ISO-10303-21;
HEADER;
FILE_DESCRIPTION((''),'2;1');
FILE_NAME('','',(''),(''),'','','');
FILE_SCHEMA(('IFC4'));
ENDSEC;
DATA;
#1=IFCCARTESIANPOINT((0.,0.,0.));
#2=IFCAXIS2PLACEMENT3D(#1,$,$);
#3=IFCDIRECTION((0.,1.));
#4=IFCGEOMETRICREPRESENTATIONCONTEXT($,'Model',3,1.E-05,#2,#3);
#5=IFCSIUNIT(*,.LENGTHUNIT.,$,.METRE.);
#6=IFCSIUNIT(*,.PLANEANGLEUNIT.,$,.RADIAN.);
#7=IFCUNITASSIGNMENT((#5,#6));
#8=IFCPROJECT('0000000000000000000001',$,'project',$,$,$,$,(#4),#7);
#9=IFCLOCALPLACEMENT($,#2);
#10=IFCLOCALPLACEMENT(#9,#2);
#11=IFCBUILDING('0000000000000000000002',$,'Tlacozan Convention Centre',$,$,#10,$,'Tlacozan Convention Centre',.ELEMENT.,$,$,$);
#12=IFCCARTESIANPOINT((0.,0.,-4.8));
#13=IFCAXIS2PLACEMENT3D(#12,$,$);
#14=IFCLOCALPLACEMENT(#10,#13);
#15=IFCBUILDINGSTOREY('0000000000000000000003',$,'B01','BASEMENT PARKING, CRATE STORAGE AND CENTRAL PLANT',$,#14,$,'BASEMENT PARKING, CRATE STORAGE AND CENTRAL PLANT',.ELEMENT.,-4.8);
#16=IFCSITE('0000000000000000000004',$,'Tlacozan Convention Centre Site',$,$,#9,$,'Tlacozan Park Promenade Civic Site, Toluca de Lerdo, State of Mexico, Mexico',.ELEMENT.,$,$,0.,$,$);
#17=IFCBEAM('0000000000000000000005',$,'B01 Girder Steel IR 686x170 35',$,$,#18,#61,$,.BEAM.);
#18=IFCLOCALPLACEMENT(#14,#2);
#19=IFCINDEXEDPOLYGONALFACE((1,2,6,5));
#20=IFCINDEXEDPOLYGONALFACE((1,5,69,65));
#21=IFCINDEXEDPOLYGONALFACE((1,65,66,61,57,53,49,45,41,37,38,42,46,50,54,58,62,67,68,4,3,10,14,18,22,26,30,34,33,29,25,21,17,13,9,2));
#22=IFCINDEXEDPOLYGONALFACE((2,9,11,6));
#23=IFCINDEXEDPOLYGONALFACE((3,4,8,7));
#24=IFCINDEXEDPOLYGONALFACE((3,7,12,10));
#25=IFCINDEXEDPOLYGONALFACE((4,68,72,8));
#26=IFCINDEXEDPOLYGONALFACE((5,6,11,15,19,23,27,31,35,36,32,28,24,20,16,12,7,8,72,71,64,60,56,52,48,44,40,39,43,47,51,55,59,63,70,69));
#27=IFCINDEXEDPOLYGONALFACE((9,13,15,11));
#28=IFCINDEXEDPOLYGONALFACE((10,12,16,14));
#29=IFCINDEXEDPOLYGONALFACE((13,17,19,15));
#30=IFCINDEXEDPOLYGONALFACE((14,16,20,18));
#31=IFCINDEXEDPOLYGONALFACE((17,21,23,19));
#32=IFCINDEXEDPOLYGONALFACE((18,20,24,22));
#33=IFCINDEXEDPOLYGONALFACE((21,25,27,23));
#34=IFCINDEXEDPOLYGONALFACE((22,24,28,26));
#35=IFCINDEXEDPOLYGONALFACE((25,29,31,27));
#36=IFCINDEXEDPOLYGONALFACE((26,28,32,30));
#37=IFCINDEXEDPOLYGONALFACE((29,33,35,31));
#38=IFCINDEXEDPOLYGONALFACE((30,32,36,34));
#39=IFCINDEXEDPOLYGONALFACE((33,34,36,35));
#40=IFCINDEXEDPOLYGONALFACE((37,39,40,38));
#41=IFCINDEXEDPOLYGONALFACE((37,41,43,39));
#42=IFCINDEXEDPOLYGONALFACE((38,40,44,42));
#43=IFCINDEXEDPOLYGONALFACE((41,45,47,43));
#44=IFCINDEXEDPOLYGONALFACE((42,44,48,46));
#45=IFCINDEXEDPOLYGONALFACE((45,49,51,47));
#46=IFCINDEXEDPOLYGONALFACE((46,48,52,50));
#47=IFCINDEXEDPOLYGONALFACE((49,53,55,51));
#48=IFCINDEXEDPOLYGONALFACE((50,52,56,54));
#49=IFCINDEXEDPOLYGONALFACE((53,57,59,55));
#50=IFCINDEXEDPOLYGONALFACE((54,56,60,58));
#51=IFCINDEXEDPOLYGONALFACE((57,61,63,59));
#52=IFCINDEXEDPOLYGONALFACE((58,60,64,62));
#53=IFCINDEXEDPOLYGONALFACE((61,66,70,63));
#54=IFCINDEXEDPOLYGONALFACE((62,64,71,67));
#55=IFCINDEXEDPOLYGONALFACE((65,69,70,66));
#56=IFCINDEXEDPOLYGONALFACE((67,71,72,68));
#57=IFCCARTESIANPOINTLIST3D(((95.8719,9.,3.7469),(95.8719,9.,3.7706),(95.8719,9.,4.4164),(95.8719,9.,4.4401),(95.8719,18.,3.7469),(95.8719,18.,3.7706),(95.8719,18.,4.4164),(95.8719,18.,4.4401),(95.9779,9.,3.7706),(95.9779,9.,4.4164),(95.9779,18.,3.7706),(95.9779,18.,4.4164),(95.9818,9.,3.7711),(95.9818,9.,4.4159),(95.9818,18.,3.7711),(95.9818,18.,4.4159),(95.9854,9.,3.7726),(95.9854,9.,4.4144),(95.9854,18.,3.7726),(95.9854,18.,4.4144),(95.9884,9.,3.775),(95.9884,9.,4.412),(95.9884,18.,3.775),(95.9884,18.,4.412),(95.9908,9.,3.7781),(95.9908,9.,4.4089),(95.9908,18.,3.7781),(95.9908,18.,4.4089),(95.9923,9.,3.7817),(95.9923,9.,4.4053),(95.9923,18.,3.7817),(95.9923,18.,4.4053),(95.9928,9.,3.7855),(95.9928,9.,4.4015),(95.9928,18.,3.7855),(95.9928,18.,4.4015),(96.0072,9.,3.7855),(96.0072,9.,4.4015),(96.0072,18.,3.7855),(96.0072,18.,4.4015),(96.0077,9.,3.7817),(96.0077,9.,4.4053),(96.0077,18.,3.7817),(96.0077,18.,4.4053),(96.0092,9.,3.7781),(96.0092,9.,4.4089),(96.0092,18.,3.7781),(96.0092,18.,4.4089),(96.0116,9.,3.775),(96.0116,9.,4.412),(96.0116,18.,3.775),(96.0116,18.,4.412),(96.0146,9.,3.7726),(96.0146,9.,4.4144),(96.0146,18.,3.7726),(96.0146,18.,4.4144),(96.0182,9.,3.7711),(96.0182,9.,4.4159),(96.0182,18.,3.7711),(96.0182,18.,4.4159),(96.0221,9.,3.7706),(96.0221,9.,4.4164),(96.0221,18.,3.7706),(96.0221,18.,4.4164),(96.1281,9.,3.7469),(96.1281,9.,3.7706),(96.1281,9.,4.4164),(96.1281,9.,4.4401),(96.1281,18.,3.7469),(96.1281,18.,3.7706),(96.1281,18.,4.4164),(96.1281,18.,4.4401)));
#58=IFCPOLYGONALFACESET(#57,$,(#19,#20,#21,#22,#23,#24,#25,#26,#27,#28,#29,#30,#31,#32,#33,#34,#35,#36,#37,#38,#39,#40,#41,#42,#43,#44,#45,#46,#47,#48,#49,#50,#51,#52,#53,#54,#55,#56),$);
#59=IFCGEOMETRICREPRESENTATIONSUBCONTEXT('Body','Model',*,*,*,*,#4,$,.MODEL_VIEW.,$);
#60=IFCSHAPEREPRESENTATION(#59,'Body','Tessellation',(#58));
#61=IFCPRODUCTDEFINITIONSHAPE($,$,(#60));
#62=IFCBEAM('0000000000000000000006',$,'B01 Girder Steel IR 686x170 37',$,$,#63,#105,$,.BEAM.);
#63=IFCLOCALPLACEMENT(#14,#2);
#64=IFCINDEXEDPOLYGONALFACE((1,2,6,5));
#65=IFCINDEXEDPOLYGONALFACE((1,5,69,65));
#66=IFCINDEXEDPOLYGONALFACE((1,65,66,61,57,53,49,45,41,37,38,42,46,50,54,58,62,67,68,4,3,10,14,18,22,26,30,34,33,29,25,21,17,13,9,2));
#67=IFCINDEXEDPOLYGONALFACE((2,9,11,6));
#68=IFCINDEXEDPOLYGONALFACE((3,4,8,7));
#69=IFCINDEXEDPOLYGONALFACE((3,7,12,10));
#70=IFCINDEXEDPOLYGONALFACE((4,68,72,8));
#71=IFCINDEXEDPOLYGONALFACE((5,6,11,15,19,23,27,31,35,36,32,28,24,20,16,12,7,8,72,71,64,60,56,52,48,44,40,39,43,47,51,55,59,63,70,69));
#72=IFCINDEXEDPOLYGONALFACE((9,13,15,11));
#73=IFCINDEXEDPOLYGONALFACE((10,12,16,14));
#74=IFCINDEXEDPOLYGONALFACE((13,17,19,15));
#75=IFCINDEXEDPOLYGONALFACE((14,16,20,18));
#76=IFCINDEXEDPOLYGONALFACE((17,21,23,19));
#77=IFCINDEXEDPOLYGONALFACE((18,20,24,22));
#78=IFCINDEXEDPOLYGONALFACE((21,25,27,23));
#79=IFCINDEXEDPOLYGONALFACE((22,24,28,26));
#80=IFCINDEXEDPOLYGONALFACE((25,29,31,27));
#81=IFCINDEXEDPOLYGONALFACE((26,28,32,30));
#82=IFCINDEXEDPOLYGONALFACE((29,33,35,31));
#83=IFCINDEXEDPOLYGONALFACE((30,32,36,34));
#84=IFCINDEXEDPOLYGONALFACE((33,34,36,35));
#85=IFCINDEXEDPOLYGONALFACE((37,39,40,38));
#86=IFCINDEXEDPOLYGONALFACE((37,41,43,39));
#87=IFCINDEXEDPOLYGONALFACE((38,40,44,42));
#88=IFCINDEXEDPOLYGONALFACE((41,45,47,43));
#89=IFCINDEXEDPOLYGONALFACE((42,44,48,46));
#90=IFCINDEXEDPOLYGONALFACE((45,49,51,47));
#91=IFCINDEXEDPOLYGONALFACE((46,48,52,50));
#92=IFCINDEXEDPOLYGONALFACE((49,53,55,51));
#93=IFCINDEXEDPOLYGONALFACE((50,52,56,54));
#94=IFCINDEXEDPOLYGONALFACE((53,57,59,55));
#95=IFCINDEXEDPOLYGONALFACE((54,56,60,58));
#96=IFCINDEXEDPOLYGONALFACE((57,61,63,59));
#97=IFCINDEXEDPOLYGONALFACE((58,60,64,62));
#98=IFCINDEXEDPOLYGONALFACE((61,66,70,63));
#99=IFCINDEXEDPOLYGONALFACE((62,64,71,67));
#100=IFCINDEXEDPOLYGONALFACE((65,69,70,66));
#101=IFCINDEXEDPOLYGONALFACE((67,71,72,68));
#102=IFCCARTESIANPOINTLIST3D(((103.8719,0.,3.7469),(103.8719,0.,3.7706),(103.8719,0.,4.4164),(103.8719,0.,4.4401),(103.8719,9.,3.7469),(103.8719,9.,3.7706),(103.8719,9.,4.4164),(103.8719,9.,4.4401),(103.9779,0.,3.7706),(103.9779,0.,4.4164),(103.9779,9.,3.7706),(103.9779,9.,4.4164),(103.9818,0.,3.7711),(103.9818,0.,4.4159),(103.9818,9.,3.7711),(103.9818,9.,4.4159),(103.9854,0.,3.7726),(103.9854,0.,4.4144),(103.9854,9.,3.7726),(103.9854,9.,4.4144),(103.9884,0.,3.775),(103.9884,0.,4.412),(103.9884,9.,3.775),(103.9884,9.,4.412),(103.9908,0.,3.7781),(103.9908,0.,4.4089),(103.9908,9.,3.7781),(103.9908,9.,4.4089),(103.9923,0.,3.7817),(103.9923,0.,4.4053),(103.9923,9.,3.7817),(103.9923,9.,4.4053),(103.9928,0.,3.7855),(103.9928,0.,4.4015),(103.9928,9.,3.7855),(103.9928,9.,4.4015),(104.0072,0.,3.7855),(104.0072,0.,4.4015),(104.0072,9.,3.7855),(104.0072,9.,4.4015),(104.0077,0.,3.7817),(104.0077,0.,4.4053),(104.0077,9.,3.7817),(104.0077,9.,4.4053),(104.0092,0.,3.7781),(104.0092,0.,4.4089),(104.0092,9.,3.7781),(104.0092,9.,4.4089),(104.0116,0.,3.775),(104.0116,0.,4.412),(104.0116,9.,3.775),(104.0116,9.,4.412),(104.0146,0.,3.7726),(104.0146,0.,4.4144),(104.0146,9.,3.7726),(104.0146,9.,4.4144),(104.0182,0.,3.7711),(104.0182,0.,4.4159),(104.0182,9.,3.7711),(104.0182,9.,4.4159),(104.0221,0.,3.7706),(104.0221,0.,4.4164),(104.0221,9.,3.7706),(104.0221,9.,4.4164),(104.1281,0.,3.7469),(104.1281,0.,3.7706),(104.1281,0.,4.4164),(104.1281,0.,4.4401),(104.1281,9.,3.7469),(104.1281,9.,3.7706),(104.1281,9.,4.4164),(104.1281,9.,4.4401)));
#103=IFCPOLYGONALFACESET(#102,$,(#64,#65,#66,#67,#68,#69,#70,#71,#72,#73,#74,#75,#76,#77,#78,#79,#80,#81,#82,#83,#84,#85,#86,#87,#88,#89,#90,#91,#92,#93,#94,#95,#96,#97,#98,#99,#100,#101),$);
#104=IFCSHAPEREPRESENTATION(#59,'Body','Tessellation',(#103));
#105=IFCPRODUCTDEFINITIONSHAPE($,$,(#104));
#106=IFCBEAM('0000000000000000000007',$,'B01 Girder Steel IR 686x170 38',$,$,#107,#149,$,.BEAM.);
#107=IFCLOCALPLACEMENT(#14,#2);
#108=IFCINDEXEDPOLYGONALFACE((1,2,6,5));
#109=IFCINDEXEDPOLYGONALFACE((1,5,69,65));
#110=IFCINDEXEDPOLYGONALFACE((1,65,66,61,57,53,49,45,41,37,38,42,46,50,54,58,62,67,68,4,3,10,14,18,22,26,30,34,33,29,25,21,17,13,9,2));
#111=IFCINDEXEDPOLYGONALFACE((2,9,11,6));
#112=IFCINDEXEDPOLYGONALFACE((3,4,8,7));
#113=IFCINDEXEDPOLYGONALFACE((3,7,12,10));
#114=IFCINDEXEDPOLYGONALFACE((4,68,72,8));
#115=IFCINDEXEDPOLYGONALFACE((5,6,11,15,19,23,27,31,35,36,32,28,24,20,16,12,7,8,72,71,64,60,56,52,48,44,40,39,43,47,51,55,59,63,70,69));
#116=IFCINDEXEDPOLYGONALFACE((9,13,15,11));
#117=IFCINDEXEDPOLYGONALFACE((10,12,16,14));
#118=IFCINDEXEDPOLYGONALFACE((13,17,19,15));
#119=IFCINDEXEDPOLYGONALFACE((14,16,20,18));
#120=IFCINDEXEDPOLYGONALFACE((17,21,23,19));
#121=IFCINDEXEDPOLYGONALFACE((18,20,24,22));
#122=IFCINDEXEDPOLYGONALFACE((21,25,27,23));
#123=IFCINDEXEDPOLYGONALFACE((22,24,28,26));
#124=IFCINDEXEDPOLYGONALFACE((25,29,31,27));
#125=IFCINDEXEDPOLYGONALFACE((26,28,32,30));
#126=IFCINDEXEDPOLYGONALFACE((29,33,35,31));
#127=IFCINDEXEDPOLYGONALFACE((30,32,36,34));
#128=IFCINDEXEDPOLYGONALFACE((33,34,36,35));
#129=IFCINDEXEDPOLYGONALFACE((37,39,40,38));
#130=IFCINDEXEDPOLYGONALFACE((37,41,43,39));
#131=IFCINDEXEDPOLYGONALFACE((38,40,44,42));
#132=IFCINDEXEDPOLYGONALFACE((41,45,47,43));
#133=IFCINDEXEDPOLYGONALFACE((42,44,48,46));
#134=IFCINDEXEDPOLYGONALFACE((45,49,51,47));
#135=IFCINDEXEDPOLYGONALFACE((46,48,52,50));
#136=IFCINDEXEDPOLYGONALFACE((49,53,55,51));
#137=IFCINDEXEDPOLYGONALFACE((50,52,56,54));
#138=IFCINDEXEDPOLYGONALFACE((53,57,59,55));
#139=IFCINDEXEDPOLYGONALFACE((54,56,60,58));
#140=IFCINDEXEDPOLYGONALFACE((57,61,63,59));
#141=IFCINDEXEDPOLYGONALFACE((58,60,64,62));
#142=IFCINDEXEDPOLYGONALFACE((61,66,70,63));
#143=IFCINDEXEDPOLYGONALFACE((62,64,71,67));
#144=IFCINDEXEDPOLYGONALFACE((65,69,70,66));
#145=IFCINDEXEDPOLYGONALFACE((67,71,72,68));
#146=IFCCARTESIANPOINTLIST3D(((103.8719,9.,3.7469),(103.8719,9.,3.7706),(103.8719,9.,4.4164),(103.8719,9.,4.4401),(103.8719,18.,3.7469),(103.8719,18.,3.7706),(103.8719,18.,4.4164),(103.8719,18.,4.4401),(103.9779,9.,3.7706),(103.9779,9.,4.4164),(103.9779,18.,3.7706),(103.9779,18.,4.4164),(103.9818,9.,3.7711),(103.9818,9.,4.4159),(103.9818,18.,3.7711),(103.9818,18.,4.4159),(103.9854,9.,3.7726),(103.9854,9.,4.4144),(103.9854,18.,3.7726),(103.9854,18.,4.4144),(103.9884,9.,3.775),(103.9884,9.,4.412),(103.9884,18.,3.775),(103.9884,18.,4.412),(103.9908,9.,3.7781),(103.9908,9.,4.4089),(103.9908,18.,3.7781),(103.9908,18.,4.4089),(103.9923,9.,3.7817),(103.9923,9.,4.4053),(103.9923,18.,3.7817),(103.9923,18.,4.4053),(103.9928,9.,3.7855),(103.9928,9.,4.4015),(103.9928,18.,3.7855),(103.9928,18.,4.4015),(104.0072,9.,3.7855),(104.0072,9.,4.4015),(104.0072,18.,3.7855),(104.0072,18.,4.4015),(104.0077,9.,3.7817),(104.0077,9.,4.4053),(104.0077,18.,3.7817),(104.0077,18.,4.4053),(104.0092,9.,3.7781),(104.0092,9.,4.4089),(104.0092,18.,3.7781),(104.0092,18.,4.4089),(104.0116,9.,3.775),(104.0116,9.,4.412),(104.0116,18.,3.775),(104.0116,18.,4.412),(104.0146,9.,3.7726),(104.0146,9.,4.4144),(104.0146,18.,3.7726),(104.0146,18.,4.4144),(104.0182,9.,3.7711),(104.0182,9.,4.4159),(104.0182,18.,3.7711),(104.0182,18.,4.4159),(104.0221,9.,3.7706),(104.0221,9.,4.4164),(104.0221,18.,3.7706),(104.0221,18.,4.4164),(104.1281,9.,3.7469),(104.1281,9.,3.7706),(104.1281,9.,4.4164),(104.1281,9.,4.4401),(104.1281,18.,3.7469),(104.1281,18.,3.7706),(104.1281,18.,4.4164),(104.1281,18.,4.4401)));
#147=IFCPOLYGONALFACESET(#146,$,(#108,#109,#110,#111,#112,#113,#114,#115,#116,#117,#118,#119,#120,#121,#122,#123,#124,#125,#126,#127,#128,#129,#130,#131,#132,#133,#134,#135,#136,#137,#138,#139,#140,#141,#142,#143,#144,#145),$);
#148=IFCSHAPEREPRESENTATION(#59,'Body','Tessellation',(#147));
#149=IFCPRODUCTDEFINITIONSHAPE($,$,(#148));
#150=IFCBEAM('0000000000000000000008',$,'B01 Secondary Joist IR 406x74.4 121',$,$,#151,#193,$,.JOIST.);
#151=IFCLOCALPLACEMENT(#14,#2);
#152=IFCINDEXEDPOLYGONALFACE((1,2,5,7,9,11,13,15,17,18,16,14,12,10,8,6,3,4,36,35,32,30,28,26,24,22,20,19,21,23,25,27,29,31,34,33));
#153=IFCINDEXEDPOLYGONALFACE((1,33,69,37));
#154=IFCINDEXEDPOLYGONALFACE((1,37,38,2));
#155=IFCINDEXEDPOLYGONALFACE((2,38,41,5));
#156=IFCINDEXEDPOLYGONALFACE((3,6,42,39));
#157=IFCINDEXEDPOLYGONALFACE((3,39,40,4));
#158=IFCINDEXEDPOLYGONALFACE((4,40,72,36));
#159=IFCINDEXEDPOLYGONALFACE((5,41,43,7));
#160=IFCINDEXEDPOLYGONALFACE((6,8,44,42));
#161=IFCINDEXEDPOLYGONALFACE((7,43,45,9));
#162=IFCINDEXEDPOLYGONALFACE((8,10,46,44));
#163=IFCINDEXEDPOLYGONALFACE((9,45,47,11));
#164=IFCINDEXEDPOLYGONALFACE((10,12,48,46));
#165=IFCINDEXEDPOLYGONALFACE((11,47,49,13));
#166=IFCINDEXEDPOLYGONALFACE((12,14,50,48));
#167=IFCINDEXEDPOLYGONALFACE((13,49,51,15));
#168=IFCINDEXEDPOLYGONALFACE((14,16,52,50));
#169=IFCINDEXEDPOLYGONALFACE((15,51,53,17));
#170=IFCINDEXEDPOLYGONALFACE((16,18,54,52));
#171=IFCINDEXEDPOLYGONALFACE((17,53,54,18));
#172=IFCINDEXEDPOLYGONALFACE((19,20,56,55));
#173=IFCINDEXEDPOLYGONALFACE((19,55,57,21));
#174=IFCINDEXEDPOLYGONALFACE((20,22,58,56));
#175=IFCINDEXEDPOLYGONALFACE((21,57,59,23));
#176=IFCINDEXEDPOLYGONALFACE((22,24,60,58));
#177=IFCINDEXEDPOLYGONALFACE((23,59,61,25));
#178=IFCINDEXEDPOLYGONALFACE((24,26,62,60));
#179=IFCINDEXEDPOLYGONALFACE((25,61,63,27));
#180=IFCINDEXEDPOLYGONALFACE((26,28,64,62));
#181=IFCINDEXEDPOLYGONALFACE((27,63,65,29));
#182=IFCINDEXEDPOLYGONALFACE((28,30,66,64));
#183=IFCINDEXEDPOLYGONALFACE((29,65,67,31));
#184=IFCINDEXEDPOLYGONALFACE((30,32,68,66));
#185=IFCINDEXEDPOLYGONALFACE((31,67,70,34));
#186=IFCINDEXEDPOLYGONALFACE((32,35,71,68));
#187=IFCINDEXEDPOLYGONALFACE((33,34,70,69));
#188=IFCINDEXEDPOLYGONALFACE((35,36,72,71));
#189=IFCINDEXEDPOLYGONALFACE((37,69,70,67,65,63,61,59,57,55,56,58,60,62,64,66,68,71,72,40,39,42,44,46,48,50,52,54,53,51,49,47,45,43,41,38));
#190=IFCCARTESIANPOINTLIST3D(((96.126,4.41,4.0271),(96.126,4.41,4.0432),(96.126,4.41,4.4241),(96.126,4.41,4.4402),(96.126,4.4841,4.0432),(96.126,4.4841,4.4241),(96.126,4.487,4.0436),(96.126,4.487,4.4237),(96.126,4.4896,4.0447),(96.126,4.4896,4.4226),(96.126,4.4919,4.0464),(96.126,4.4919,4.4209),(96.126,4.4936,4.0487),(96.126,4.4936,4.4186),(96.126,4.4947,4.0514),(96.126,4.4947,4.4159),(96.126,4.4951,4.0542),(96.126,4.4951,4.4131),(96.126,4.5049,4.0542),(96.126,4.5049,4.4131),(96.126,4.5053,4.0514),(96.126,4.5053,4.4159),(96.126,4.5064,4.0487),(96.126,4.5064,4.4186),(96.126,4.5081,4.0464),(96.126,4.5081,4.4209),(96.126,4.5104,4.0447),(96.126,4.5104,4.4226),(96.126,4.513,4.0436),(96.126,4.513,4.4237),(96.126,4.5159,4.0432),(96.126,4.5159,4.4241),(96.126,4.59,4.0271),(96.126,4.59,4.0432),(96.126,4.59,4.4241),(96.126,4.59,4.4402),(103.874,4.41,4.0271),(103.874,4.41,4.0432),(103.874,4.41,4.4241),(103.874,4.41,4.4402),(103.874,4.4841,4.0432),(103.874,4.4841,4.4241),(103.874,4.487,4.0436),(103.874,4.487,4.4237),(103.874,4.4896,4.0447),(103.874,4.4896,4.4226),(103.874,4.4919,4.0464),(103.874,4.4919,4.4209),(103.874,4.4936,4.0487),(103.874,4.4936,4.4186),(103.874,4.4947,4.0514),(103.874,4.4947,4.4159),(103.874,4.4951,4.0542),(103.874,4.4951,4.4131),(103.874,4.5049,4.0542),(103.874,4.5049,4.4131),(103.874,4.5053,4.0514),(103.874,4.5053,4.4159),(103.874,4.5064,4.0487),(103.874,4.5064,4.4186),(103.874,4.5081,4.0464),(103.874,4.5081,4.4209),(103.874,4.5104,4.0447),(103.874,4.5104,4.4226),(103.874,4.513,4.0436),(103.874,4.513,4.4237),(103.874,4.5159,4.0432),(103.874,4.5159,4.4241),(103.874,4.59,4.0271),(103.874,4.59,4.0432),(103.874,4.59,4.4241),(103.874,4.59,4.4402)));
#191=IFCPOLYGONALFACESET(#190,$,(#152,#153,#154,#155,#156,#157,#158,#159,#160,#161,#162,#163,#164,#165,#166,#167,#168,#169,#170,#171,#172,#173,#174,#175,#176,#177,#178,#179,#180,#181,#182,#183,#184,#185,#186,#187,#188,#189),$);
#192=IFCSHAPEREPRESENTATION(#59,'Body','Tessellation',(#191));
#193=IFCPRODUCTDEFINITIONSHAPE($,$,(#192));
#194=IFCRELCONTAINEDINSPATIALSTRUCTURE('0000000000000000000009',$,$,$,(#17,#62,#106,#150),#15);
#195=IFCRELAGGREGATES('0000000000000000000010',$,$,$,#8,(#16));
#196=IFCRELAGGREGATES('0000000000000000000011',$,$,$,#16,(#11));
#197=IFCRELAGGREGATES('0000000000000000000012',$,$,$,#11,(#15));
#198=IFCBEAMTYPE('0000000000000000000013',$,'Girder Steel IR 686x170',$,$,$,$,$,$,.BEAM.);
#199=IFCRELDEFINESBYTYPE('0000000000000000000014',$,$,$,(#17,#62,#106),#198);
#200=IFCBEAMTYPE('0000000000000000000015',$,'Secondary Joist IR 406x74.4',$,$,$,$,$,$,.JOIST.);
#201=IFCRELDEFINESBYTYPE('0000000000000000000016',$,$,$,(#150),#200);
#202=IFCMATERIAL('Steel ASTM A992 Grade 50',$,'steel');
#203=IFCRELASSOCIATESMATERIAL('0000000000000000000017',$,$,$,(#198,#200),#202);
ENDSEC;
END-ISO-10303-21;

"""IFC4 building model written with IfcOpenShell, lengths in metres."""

from ifc_helpers import new_model, si_unit, direction, frame, origin, origin_2d, place, context, subcontext, project, spatial, i_section, extrude, material, material_profile, profile_set, type_object, element, save


model = new_model("IFC4")

# Units and contexts
model_context = context("Model", 3, precision=1e-05, world=origin(), true_north=direction((0.0, 1.0)))
body_context = subcontext(model_context, "Body", "Model", "MODEL_VIEW")
ifc_project = project(units=[si_unit("LENGTHUNIT", "METRE"), si_unit("PLANEANGLEUNIT", "RADIAN")], contexts=[model_context])

# Site, building, storey
site_placement = place(None, origin())
site = spatial("IfcSite", under=ifc_project, at=site_placement, Name="Tlacozan Convention Centre Site", LongName="Tlacozan Park Promenade Civic Site, Toluca de Lerdo, State of Mexico, Mexico", CompositionType="ELEMENT", RefElevation=0.0)
building_placement = place(site_placement, origin())
building = spatial("IfcBuilding", under=site, at=building_placement, Name="Tlacozan Convention Centre", LongName="Tlacozan Convention Centre", CompositionType="ELEMENT")
storey_placement = place(building_placement, frame((0.0, 0.0, -4.8)))
storey = spatial("IfcBuildingStorey", under=building, at=storey_placement, Name="B01", Description="BASEMENT PARKING, CRATE STORAGE AND CENTRAL PLANT", LongName="BASEMENT PARKING, CRATE STORAGE AND CENTRAL PLANT", CompositionType="ELEMENT", Elevation=-4.8)

# Beams
ifc_material_1 = material(Name="Steel ASTM A992 Grade 50", Category="steel")
ifc_material_profile_1 = material_profile(ifc_material_1, i_section(OverallWidth=0.2561, OverallDepth=0.6931, WebThickness=0.0144, FlangeThickness=0.0237, FilletRadius=0.0149, at=origin_2d()), Name="IR 686x170.0")
ifc_profile_set_1 = profile_set([ifc_material_profile_1], Name="Steel ASTM A992 Grade 50")
beam_type_1 = type_object("IfcBeamType", Name="Girder Steel IR 686x170", PredefinedType="BEAM", material=ifc_profile_set_1)
for number, where, z_axis, x_axis, name in (
    (1, (96.0, 9.0, 4.0935), (0.0, 1.0, 0.0), (-1.0, 0.0, 0.0), "B01 Girder Steel IR 686x170 35"),
    (2, (104.0, 0.0, 4.0935), (0.0, 1.0, 0.0), (-1.0, 0.0, 0.0), "B01 Girder Steel IR 686x170 37"),
    (3, (104.0, 9.0, 4.0935), (0.0, 1.0, 0.0), (-1.0, 0.0, 0.0), "B01 Girder Steel IR 686x170 38"),
):
    element("IfcBeam", number, at=place(storey_placement, frame(where, z_axis=z_axis, x_axis=x_axis)), inside=storey, type_object=beam_type_1, Name=name, PredefinedType="BEAM", context=body_context, shape_type="SweptSolid", body=[
        extrude(i_section(OverallWidth=0.2561, OverallDepth=0.6931, WebThickness=0.0144, FlangeThickness=0.0237, FilletRadius=0.0149, at=origin_2d()), origin(), (0.0, 0.0, 1.0), 9.0),
    ])
ifc_material_profile_2 = material_profile(ifc_material_1, i_section(OverallWidth=0.1799, OverallDepth=0.4131, WebThickness=0.0098, FlangeThickness=0.0161, FilletRadius=0.011, at=origin_2d()), Name="IR 406x74.4")
ifc_profile_set_2 = profile_set([ifc_material_profile_2], Name="Steel ASTM A992 Grade 50")
beam_type_2 = type_object("IfcBeamType", Name="Secondary Joist IR 406x74.4", PredefinedType="JOIST", material=ifc_profile_set_2)
for number, where, z_axis, x_axis, name in (
    (4, (96.126, 4.5, 4.2336), (1.0, 0.0, 0.0), (0.0, 1.0, 0.0), "B01 Secondary Joist IR 406x74.4 121"),
):
    element("IfcBeam", number, at=place(storey_placement, frame(where, z_axis=z_axis, x_axis=x_axis)), inside=storey, type_object=beam_type_2, Name=name, PredefinedType="JOIST", context=body_context, shape_type="SweptSolid", body=[
        extrude(i_section(OverallWidth=0.1799, OverallDepth=0.4131, WebThickness=0.0098, FlangeThickness=0.0161, FilletRadius=0.011, at=origin_2d()), origin(), (0.0, 0.0, 1.0), 7.748),
    ])

save(model, "model.ifc")
